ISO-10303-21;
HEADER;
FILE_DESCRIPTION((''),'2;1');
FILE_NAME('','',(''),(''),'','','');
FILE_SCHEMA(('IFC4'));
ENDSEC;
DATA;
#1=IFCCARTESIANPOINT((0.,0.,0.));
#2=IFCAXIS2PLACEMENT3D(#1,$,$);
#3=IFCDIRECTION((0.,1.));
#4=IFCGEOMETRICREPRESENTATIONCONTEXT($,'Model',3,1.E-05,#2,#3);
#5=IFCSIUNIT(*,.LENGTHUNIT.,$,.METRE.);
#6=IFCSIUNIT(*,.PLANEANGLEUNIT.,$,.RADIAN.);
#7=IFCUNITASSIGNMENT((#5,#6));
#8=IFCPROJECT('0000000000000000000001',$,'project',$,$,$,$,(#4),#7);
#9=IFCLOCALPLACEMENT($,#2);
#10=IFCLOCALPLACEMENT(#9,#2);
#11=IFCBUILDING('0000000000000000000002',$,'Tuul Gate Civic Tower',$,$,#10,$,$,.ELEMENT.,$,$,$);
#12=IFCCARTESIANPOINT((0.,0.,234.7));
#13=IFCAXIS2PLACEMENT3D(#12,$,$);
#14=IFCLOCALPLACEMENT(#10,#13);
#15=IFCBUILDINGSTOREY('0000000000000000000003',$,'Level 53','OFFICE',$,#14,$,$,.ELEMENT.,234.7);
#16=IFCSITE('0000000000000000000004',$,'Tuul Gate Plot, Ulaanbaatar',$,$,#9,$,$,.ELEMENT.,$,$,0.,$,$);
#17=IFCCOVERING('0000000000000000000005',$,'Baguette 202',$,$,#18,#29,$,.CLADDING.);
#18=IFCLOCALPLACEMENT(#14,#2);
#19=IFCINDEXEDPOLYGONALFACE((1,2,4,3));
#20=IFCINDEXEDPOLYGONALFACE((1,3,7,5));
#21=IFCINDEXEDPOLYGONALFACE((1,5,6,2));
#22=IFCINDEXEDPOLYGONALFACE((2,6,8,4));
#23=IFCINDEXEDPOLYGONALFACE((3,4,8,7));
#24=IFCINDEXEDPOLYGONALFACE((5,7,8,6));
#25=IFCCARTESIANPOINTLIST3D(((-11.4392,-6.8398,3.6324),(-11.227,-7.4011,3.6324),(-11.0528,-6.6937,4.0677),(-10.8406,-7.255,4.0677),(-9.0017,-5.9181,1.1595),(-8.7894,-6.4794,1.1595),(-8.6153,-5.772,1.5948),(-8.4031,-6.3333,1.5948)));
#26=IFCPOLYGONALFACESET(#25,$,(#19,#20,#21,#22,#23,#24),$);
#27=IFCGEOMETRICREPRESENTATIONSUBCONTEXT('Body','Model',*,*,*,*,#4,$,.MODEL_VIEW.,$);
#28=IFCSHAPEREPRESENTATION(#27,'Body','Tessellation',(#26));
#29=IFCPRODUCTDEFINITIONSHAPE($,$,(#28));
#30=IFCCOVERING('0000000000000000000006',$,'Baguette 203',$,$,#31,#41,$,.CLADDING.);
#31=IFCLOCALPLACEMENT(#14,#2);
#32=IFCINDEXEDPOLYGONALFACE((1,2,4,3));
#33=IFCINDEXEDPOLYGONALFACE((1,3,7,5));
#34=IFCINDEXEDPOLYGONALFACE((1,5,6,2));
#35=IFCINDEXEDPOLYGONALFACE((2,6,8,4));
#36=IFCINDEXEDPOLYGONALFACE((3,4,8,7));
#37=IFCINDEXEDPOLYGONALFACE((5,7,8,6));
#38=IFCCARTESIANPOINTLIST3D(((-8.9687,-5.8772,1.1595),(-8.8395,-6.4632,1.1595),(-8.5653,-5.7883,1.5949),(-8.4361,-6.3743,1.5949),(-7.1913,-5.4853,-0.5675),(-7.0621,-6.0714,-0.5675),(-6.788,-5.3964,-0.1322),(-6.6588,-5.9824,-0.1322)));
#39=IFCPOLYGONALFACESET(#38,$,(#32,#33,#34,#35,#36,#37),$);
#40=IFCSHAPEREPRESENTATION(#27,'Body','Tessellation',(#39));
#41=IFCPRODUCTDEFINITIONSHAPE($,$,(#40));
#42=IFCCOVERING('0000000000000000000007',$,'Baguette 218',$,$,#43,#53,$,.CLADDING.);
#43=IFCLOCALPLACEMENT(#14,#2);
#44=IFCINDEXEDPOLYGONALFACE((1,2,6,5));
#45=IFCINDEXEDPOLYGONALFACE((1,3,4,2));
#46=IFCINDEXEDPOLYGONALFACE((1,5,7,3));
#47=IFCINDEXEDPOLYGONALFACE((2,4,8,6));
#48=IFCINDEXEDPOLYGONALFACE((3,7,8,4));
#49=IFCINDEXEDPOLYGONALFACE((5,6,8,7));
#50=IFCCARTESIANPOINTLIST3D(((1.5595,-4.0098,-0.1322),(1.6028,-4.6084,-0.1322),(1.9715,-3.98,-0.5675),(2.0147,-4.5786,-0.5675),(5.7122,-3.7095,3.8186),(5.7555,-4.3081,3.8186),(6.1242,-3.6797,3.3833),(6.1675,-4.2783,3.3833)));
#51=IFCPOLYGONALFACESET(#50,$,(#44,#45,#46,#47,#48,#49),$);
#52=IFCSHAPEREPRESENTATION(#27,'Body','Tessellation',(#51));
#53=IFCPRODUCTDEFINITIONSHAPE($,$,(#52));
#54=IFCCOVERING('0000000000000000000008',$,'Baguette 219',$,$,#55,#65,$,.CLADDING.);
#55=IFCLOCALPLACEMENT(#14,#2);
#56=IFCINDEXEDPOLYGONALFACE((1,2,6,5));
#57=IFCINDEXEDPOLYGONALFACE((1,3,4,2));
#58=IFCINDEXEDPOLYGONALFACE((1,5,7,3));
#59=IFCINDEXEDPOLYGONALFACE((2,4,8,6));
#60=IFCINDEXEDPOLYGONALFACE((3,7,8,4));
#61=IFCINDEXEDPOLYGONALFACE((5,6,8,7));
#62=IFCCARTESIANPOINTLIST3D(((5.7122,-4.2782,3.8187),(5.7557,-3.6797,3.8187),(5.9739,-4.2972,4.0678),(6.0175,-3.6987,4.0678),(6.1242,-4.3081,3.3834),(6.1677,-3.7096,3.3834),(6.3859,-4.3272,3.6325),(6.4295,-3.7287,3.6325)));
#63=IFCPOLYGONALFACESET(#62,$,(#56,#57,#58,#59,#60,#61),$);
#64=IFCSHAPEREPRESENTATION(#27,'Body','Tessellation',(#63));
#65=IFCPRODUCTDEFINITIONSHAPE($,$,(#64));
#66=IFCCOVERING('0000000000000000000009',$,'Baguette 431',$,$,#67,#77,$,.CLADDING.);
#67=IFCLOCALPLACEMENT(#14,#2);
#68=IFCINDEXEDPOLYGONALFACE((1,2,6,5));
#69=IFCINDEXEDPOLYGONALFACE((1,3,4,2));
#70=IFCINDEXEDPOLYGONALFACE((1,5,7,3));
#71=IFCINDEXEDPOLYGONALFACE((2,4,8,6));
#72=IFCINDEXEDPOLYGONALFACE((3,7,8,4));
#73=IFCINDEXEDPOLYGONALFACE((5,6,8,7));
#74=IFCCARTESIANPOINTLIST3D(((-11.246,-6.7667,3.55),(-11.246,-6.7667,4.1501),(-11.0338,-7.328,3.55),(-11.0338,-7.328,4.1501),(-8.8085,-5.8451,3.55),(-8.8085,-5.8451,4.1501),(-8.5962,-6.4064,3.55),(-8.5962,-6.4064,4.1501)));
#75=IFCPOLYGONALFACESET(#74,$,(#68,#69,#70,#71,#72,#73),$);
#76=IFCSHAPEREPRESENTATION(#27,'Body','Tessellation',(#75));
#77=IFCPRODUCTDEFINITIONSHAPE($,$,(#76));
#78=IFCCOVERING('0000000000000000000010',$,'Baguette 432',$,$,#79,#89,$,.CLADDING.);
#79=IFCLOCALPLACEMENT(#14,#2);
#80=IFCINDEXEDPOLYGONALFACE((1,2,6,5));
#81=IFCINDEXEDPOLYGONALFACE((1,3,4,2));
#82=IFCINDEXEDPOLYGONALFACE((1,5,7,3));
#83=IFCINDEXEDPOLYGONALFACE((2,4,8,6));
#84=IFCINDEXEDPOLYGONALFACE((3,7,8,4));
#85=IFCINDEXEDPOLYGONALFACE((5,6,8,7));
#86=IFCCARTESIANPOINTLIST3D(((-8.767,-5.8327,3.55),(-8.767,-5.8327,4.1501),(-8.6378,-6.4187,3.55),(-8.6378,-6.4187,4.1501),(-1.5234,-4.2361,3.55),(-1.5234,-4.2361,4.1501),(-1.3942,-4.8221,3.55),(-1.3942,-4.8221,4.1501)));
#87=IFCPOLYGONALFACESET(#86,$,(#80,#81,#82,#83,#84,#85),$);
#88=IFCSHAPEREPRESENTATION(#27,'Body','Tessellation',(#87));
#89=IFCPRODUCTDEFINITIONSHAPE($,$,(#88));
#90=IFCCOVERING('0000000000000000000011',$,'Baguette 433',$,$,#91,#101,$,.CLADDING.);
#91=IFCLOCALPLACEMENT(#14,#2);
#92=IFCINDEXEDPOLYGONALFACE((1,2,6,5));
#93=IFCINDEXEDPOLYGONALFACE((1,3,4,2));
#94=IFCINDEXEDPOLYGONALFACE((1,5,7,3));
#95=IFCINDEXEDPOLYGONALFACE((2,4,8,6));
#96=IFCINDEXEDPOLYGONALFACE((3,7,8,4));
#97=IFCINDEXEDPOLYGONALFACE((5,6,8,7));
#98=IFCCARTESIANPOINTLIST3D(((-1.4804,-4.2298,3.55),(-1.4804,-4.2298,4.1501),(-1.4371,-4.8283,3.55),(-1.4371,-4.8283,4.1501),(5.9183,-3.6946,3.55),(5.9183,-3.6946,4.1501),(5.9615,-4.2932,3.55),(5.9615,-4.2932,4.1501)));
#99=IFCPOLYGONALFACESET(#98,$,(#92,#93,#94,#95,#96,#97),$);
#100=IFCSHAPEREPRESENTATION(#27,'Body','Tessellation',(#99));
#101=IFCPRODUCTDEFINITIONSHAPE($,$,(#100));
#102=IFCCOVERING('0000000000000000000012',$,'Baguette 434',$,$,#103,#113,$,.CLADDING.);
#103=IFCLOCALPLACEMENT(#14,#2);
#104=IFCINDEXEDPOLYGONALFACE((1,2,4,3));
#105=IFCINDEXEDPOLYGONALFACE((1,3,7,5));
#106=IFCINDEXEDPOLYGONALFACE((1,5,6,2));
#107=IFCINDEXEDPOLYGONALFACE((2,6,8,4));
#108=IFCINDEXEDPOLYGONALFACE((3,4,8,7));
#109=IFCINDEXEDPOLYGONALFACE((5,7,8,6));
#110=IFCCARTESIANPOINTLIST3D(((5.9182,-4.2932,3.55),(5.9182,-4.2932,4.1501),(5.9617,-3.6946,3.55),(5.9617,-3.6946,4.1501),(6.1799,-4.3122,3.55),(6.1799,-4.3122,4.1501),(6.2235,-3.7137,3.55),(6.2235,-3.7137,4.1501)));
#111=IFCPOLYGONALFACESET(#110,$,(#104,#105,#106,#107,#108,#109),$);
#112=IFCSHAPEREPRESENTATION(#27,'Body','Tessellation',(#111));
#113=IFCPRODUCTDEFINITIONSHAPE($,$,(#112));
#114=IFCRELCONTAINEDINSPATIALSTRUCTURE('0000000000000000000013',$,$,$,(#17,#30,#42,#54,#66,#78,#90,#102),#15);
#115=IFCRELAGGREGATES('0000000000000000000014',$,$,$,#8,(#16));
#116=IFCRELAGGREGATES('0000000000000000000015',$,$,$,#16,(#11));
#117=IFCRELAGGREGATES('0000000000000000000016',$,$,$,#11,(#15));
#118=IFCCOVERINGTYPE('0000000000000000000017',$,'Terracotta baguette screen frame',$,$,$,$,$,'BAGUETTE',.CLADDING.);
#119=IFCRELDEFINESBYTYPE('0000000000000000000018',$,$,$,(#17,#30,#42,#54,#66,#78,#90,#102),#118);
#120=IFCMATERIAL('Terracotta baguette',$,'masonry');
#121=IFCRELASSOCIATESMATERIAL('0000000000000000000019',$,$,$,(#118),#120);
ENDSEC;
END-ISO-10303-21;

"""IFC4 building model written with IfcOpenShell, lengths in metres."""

from ifc_helpers import new_model, si_unit, direction, frame, origin, origin_2d, place, context, subcontext, project, spatial, rectangle, extrude, material, material_profile, profile_set, type_object, element, save


model = new_model("IFC4")

# Units and contexts
model_context = context("Model", 3, precision=1e-05, world=origin(), true_north=direction((0.0, 1.0)))
body_context = subcontext(model_context, "Body", "Model", "MODEL_VIEW")
ifc_project = project(units=[si_unit("LENGTHUNIT", "METRE"), si_unit("PLANEANGLEUNIT", "RADIAN")], contexts=[model_context])

# Site, building, storey
site_placement = place(None, origin())
site = spatial("IfcSite", under=ifc_project, at=site_placement, Name="Tuul Gate Plot, Ulaanbaatar", CompositionType="ELEMENT", RefElevation=0.0)
building_placement = place(site_placement, origin())
building = spatial("IfcBuilding", under=site, at=building_placement, Name="Tuul Gate Civic Tower", CompositionType="ELEMENT")
storey_placement = place(building_placement, frame((0.0, 0.0, 234.7)))
storey = spatial("IfcBuildingStorey", under=building, at=storey_placement, Name="Level 53", Description="OFFICE", CompositionType="ELEMENT", Elevation=234.7)

# Coverings
ifc_material_1 = material(Name="Terracotta baguette", Category="masonry")
ifc_material_profile_1 = material_profile(ifc_material_1, rectangle(XDim=0.6001, YDim=0.6001, at=origin_2d()), Name="Terracotta baguette screen frame")
ifc_profile_set_1 = profile_set([ifc_material_profile_1], Name="Terracotta baguette")
covering_type = type_object("IfcCoveringType", Name="Terracotta baguette screen frame", ElementType="BAGUETTE", PredefinedType="CLADDING", material=ifc_profile_set_1)
covering_1_placement = place(storey_placement, frame((-11.1399, -7.0474, 3.8501), z_axis=(0.678497, 0.256543, -0.688351), x_axis=(-0.353668, 0.935371, 0.0)))
element("IfcCovering", 1, at=covering_1_placement, inside=storey, type_object=covering_type, Name="Baguette 202", PredefinedType="CLADDING", context=body_context, shape_type="SweptSolid", body=[
    extrude(rectangle(XDim=0.6001, YDim=0.6001, at=origin_2d()), origin(), (0.0, 0.0, 1.0), 3.5925),
])
covering_2_placement = place(storey_placement, frame((-8.7024, -6.1257, 1.3772), z_axis=(0.708381, 0.156175, -0.688336), x_axis=(-0.215297, 0.976549, 0.0)))
element("IfcCovering", 2, at=covering_2_placement, inside=storey, type_object=covering_type, Name="Baguette 203", PredefinedType="CLADDING", context=body_context, shape_type="SweptSolid", body=[
    extrude(rectangle(XDim=0.6001, YDim=0.6001, at=origin_2d()), origin(), (0.0, 0.0, 1.0), 2.509),
])
covering_3_placement = place(storey_placement, frame((1.7871, -4.2942, -0.3499), z_axis=(0.723507, 0.052317, 0.688331), x_axis=(-0.072122, 0.997396, 0.0)))
element("IfcCovering", 3, at=covering_3_placement, inside=storey, type_object=covering_type, Name="Baguette 218", PredefinedType="CLADDING", context=body_context, shape_type="SweptSolid", body=[
    extrude(rectangle(XDim=0.6001, YDim=0.6001, at=origin_2d()), origin(), (0.0, 0.0, 1.0), 5.7397),
])
covering_4_placement = place(storey_placement, frame((5.9399, -3.9939, 3.6011), z_axis=(0.723455, -0.052639, 0.688362), x_axis=(0.072569, 0.997363, 0.0)))
element("IfcCovering", 4, at=covering_4_placement, inside=storey, type_object=covering_type, Name="Baguette 219", PredefinedType="CLADDING", context=body_context, shape_type="SweptSolid", body=[
    extrude(rectangle(XDim=0.6001, YDim=0.6001, at=origin_2d()), origin(), (0.0, 0.0, 1.0), 0.3618),
])
covering_5_placement = place(storey_placement, frame((-11.1399, -7.0474, 3.8501), z_axis=(0.935371, 0.353668, 0.0), x_axis=(-0.353668, 0.935371, 0.0)))
element("IfcCovering", 5, at=covering_5_placement, inside=storey, type_object=covering_type, Name="Baguette 431", PredefinedType="CLADDING", context=body_context, shape_type="SweptSolid", body=[
    extrude(rectangle(XDim=0.6001, YDim=0.6001, at=origin_2d()), origin(), (0.0, 0.0, 1.0), 2.606),
])
covering_6_placement = place(storey_placement, frame((-8.7024, -6.1257, 3.8501), z_axis=(0.976557, 0.215257, 0.0), x_axis=(-0.215257, 0.976557, 0.0)))
element("IfcCovering", 6, at=covering_6_placement, inside=storey, type_object=covering_type, Name="Baguette 432", PredefinedType="CLADDING", context=body_context, shape_type="SweptSolid", body=[
    extrude(rectangle(XDim=0.6001, YDim=0.6001, at=origin_2d()), origin(), (0.0, 0.0, 1.0), 7.4175),
])
covering_7_placement = place(storey_placement, frame((-1.4587, -4.5291, 3.8501), z_axis=(0.997394, 0.072143, 0.0), x_axis=(-0.072143, 0.997394, 0.0)))
element("IfcCovering", 7, at=covering_7_placement, inside=storey, type_object=covering_type, Name="Baguette 433", PredefinedType="CLADDING", context=body_context, shape_type="SweptSolid", body=[
    extrude(rectangle(XDim=0.6001, YDim=0.6001, at=origin_2d()), origin(), (0.0, 0.0, 1.0), 7.418),
])
covering_8_placement = place(storey_placement, frame((5.9399, -3.9939, 3.8501), z_axis=(0.997363, -0.072569, 0.0), x_axis=(0.072569, 0.997363, 0.0)))
element("IfcCovering", 8, at=covering_8_placement, inside=storey, type_object=covering_type, Name="Baguette 434", PredefinedType="CLADDING", context=body_context, shape_type="SweptSolid", body=[
    extrude(rectangle(XDim=0.6001, YDim=0.6001, at=origin_2d()), origin(), (0.0, 0.0, 1.0), 0.2625),
])

save(model, "model.ifc")
